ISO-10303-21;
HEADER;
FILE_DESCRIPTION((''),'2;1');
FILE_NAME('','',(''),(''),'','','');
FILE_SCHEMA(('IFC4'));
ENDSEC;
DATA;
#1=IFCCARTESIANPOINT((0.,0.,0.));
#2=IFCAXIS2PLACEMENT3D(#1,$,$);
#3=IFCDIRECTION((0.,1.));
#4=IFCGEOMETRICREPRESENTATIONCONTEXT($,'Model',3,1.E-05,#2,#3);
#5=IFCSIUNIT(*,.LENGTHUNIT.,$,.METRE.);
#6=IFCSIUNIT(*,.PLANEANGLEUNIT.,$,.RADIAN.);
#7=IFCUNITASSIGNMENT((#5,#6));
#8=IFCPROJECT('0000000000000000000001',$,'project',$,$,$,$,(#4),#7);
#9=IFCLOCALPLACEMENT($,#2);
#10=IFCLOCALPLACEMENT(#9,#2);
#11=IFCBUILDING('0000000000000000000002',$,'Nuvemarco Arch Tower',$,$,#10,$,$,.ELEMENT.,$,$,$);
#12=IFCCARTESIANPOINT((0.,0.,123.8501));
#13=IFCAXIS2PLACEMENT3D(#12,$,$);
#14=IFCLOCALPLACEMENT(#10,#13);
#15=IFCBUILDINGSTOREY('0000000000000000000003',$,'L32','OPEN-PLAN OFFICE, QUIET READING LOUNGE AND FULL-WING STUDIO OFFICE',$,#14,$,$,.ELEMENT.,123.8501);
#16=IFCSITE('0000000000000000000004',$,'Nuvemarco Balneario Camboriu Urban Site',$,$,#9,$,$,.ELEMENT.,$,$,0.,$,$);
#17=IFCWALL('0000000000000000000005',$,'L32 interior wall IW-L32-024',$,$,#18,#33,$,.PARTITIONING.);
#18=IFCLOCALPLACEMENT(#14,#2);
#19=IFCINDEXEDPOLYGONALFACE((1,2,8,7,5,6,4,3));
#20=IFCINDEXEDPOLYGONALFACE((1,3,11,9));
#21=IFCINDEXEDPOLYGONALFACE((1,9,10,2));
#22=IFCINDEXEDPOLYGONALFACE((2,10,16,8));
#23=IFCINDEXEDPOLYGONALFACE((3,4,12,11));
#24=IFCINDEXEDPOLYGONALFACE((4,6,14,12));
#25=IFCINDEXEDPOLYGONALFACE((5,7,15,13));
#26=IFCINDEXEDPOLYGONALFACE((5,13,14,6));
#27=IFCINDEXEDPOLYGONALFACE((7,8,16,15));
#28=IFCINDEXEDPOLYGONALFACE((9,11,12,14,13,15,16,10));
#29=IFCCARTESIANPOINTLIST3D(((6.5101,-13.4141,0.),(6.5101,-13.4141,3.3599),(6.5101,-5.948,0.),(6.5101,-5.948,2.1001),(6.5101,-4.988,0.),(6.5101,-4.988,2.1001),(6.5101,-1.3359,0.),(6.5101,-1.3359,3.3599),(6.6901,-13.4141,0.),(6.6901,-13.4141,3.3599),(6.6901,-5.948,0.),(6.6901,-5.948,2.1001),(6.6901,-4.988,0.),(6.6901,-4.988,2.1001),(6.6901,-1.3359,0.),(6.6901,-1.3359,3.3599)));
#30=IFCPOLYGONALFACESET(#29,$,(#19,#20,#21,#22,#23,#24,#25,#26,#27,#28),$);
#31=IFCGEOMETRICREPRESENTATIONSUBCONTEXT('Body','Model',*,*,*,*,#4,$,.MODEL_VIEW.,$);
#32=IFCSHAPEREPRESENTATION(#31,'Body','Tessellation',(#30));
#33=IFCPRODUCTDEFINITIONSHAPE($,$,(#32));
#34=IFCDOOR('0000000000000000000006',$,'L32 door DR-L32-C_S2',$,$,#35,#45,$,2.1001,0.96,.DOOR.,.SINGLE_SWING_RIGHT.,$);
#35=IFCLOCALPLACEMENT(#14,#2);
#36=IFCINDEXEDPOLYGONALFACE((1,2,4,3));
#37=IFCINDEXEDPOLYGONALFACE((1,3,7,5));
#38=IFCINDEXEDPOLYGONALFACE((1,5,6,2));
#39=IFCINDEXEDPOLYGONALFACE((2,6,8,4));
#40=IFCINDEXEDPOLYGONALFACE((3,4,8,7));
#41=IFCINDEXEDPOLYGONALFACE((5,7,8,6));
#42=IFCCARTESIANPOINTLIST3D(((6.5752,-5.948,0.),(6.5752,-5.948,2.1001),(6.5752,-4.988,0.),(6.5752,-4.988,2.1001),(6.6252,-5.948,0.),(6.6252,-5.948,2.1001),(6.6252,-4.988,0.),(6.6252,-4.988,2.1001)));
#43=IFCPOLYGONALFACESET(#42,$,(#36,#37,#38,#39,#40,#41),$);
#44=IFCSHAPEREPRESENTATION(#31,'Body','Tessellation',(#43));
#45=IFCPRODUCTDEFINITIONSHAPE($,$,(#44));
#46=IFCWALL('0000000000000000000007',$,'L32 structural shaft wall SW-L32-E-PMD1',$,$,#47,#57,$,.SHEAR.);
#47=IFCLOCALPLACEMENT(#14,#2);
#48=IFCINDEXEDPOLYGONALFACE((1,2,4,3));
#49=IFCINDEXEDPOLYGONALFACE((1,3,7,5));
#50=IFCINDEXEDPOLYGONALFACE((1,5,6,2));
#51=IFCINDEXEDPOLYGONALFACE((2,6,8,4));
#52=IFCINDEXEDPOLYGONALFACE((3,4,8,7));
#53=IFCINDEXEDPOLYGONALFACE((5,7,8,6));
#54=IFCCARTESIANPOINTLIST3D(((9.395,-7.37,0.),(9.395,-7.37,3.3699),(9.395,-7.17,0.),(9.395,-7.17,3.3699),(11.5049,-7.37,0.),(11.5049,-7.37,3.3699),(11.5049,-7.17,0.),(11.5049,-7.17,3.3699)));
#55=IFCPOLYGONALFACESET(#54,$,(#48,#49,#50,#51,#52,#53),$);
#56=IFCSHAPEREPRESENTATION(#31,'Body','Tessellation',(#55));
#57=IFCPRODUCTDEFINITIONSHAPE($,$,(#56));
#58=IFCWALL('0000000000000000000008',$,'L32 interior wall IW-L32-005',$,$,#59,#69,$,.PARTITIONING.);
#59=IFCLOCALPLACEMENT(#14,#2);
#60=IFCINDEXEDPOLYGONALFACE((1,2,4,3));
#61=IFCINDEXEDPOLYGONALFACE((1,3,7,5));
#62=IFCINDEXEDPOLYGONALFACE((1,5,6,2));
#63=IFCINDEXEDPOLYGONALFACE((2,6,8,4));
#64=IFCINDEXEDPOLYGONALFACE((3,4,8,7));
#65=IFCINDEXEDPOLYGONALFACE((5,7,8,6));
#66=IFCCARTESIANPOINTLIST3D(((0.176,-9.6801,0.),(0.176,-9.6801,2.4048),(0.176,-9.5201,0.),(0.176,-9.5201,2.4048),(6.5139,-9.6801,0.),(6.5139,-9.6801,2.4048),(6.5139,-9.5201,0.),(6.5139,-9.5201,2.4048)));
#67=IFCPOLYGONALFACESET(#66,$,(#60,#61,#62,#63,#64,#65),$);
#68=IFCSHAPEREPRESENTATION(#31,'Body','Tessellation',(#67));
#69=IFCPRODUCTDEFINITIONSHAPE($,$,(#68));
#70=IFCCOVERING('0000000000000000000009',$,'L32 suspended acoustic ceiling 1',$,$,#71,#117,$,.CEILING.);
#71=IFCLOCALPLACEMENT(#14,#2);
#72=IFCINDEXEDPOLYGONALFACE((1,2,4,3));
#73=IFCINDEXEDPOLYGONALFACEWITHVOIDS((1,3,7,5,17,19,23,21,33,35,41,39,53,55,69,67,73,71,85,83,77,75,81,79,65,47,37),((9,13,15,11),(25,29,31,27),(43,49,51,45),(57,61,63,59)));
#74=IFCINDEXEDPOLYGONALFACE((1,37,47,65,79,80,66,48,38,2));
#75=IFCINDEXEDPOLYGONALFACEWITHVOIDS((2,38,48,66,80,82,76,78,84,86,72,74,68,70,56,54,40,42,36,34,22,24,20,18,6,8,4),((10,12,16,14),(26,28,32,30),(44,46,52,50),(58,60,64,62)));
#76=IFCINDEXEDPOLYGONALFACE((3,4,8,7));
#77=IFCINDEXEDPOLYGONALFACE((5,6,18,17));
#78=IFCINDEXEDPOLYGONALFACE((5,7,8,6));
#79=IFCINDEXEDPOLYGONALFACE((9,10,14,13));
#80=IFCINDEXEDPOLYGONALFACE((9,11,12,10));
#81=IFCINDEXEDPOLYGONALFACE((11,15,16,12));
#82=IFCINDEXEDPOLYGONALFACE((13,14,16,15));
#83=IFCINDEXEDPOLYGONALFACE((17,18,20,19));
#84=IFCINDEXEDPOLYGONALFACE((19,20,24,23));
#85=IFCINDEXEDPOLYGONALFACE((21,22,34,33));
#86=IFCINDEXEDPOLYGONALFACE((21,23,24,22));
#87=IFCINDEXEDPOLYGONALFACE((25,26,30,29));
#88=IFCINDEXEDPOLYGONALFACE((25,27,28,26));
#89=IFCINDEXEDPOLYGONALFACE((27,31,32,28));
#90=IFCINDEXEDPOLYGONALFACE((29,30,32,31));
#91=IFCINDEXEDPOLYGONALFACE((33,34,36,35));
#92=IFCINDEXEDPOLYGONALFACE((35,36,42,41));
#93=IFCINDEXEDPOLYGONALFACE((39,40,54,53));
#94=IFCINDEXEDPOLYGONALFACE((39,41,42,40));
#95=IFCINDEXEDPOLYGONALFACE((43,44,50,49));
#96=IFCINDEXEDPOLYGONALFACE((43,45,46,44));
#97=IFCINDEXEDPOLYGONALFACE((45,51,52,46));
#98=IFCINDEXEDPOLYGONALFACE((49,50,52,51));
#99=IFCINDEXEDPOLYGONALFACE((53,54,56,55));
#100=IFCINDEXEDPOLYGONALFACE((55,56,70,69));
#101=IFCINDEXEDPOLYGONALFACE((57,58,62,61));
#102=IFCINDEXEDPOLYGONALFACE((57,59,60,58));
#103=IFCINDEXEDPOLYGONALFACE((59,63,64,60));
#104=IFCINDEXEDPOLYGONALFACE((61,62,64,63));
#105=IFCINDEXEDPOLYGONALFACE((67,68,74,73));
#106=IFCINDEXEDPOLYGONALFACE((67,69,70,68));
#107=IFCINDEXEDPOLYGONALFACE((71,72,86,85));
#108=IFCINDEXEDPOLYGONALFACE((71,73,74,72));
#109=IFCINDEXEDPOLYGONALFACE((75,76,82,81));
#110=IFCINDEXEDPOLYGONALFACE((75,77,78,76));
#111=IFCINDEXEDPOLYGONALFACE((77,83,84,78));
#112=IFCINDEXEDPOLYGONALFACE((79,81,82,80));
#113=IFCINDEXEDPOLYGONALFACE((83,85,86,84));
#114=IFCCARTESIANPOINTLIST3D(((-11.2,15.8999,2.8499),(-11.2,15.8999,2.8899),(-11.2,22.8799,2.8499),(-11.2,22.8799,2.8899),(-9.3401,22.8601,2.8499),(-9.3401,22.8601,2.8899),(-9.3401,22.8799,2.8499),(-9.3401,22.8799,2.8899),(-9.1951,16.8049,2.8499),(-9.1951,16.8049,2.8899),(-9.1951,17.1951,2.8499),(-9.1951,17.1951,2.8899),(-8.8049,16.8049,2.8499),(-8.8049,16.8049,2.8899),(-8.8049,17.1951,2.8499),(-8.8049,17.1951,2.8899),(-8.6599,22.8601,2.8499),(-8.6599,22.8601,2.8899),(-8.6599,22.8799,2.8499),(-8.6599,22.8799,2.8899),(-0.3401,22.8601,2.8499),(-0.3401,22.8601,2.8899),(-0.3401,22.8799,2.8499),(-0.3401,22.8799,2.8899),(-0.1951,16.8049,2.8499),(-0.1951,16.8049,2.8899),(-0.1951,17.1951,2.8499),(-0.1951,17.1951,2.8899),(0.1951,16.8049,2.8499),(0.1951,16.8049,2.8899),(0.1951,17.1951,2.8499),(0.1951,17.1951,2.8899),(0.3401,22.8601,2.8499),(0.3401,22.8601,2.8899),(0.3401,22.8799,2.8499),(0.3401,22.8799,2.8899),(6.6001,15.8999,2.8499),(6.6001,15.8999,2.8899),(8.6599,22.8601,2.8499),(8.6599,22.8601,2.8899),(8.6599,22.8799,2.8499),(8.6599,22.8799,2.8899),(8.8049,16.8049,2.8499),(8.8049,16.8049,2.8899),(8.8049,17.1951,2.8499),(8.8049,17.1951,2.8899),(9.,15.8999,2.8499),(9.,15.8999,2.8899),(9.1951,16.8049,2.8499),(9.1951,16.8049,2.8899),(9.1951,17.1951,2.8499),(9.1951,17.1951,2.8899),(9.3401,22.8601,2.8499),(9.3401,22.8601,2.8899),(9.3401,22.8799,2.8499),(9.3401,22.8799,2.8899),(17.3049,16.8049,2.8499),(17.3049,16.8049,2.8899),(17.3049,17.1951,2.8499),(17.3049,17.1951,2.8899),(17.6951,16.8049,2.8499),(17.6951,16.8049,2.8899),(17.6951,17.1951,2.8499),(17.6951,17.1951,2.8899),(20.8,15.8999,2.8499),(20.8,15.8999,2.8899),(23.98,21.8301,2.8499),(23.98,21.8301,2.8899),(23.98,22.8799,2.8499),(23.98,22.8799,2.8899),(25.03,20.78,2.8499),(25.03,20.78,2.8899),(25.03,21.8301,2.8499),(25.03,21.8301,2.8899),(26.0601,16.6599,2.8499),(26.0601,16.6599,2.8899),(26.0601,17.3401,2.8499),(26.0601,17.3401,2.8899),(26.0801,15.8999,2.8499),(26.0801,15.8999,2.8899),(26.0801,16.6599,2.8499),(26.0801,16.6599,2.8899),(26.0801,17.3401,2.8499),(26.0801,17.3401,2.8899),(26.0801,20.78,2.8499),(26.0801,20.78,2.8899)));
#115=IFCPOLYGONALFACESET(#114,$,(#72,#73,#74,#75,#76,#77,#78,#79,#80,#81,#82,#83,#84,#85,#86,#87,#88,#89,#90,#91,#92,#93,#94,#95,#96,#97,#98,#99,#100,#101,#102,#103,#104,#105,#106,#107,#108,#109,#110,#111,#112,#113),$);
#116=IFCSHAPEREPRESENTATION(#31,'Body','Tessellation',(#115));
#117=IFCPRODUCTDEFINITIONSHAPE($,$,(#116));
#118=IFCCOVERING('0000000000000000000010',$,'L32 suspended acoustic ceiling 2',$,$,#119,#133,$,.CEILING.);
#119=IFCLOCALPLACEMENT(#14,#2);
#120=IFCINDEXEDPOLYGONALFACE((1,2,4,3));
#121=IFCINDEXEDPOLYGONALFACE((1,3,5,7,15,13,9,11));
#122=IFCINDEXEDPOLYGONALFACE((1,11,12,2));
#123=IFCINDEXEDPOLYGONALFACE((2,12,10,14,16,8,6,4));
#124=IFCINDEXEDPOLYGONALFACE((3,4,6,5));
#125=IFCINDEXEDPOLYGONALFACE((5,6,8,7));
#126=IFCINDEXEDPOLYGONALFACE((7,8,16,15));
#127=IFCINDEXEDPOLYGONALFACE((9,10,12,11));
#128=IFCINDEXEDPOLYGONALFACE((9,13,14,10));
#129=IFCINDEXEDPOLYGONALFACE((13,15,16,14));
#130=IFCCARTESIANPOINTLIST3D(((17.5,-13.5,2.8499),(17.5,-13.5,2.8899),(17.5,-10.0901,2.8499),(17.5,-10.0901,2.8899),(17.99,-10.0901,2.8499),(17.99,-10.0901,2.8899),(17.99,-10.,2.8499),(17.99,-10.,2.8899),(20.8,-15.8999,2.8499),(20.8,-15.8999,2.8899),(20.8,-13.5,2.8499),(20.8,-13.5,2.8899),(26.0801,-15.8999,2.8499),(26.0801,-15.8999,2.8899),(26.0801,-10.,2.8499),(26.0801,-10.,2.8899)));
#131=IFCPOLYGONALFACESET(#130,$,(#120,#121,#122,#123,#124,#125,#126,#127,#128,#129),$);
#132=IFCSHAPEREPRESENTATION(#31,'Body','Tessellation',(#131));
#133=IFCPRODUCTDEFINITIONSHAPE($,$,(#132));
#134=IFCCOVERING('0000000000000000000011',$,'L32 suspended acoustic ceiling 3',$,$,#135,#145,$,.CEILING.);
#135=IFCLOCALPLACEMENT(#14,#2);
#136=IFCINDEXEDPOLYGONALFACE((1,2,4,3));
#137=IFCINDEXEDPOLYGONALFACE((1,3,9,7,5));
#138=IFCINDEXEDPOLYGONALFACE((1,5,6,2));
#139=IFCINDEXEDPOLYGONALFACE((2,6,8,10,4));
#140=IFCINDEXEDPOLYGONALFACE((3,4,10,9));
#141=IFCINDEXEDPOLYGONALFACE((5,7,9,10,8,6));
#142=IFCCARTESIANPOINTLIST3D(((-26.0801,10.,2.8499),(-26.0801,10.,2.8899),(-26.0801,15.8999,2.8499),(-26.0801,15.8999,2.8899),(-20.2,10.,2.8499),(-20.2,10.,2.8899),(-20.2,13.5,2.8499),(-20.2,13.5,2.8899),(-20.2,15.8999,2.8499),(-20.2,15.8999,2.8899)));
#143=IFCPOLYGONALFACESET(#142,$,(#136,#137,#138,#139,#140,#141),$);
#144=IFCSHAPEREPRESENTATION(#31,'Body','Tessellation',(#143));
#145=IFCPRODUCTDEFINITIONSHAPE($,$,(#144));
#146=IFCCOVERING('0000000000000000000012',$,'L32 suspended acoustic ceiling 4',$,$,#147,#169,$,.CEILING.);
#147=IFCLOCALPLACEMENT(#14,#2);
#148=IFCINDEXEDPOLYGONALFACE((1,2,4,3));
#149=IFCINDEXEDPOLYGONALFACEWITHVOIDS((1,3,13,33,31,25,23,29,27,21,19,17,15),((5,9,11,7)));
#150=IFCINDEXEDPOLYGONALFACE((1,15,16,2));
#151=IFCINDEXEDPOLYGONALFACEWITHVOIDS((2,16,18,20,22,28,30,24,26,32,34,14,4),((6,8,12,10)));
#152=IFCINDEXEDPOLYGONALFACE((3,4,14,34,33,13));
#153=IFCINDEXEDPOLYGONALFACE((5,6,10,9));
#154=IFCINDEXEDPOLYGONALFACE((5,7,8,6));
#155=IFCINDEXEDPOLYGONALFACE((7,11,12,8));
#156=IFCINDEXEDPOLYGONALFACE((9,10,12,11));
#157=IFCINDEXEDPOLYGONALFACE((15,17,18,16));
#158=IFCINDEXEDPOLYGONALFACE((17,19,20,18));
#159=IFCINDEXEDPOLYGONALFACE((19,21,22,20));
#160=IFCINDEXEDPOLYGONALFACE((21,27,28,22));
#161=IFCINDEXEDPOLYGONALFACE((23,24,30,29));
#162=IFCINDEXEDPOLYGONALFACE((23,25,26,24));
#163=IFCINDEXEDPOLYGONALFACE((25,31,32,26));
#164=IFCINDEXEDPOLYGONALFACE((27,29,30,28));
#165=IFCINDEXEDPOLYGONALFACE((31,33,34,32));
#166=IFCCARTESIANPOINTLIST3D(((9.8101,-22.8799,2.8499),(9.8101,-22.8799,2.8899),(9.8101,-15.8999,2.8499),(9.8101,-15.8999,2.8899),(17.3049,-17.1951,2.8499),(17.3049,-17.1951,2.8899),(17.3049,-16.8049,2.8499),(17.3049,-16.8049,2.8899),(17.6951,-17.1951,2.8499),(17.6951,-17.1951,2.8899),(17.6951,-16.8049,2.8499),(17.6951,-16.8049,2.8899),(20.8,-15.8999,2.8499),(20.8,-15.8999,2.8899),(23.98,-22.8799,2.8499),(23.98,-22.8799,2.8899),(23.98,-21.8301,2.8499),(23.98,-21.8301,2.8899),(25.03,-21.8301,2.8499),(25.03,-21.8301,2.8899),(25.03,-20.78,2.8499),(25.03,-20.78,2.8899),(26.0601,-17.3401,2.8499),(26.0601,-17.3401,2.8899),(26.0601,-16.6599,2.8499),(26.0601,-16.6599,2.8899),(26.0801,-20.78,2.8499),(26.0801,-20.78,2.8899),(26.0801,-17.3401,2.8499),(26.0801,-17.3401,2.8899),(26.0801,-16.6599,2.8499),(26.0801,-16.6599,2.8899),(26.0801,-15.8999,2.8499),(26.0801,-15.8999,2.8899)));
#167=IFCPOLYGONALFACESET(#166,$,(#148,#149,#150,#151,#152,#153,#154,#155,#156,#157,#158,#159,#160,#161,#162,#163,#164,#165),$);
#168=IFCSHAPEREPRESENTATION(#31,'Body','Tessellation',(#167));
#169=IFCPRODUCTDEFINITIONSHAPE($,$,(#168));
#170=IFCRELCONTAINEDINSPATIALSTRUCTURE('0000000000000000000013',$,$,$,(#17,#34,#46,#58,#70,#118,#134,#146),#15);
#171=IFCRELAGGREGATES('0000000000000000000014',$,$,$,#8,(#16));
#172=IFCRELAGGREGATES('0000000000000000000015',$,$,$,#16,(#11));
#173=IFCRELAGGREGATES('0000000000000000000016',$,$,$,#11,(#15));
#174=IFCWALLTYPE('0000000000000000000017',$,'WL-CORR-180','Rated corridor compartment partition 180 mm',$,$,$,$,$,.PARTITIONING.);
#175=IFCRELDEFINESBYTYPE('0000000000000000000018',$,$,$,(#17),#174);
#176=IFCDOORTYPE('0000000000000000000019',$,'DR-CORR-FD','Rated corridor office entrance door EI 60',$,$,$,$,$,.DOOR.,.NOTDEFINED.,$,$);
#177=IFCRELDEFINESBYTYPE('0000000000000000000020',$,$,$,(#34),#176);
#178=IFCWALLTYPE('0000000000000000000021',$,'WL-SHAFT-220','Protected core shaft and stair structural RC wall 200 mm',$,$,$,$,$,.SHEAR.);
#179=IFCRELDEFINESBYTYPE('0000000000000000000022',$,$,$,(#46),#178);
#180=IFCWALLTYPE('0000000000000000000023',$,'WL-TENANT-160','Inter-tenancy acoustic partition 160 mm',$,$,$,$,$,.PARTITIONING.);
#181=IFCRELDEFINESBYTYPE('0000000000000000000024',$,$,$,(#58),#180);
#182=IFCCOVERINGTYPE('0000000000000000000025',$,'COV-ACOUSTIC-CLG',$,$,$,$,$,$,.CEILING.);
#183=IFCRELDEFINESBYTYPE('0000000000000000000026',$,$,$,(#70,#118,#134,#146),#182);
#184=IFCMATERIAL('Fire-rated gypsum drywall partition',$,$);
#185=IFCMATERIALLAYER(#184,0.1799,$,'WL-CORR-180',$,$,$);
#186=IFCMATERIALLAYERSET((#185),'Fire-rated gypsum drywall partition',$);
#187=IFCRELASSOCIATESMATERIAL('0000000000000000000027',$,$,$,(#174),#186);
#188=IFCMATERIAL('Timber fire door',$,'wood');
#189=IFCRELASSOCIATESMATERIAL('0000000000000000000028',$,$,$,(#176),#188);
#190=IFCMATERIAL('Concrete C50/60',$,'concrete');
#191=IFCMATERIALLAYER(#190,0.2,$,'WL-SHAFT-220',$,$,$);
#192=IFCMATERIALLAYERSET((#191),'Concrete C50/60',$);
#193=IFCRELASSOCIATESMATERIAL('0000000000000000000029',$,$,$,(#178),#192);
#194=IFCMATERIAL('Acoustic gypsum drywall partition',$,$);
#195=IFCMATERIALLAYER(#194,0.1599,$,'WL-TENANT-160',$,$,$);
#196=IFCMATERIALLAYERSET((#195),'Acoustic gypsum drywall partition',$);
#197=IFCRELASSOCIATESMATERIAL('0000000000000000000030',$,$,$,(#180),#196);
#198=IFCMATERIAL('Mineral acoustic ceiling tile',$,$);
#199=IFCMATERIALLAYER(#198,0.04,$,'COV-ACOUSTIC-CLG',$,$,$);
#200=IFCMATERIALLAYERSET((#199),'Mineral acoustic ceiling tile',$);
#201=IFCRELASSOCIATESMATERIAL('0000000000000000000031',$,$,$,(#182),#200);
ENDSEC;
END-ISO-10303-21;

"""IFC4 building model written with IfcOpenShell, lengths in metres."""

from ifc_helpers import new_model, si_unit, direction, frame, frame_2d, origin, place, context, subcontext, project, spatial, polyline, rectangle, outline, extrude, source, transform, mapped, material, layer, layer_set, type_object, type_shapes, element, fill, save


model = new_model("IFC4")

# Units and contexts
model_context = context("Model", 3, precision=1e-05, world=origin(), true_north=direction((0.0, 1.0)))
body_context = subcontext(model_context, "Body", "Model", "MODEL_VIEW")
ifc_project = project(units=[si_unit("LENGTHUNIT", "METRE"), si_unit("PLANEANGLEUNIT", "RADIAN")], contexts=[model_context])

# Site, building, storey
site_placement = place(None, origin())
site = spatial("IfcSite", under=ifc_project, at=site_placement, Name="Nuvemarco Balneario Camboriu Urban Site", CompositionType="ELEMENT", RefElevation=0.0)
building_placement = place(site_placement, origin())
building = spatial("IfcBuilding", under=site, at=building_placement, Name="Nuvemarco Arch Tower", CompositionType="ELEMENT")
storey_placement = place(building_placement, frame((0.0, 0.0, 123.8501)))
storey = spatial("IfcBuildingStorey", under=building, at=storey_placement, Name="L32", Description="OPEN-PLAN OFFICE, QUIET READING LOUNGE AND FULL-WING STUDIO OFFICE", CompositionType="ELEMENT", Elevation=123.8501)

# Shared definitions
ifc_material_1 = material(Name="Concrete C50/60", Category="concrete")

# Wall, opening, door
ifc_material_2 = material(Name="Fire-rated gypsum drywall partition")
ifc_layer_1 = layer(ifc_material_2, 0.1799, Name="WL-CORR-180")
ifc_layer_set_1 = layer_set([ifc_layer_1], Name="Fire-rated gypsum drywall partition")
wall_type_1 = type_object("IfcWallType", Name="WL-CORR-180", Description="Rated corridor compartment partition 180 mm", PredefinedType="PARTITIONING", material=ifc_layer_set_1)
wall_1_placement = place(storey_placement, frame((6.6001, -13.4141, 0.0), z_axis=(0.0, 0.0, 1.0), x_axis=(0.0, 1.0, 0.0)))
wall_1 = element("IfcWall", 1, at=wall_1_placement, inside=storey, type_object=wall_type_1, Name="L32 interior wall IW-L32-024", PredefinedType="PARTITIONING", context=body_context, shape_type="SweptSolid", body=[
    extrude(rectangle(XDim=12.0781, YDim=0.1799, at=frame_2d((6.0391, 0.0))), origin(), (0.0, 0.0, 1.0), 3.3599),
])
opening_1_placement = place(wall_1_placement, frame((7.4661, 0.0, 0.0)))
opening_1 = element("IfcOpeningElement", 2, at=opening_1_placement, cuts=wall_1, PredefinedType="OPENING", context=body_context, shape_type="SweptSolid", body=[
    extrude(rectangle(XDim=0.96, YDim=2.1001, at=frame_2d((0.48, 1.05))), frame((0.0, 0.0999, 0.0), z_axis=(0.0, -1.0, 0.0), x_axis=(1.0, 0.0, 0.0)), (0.0, 0.0, 1.0), 0.2),
])
ifc_material_3 = material(Name="Timber fire door", Category="wood")
door_type_1 = type_object("IfcDoorType", Name="DR-CORR-FD", Description="Rated corridor office entrance door EI 60", OperationType="NOTDEFINED", PredefinedType="DOOR", material=ifc_material_3)
shared_shape_1 = source(origin(), body_context, "Body", "SweptSolid", [
    extrude(rectangle(XDim=0.96, YDim=2.1001, at=frame_2d((0.48, 1.05))), frame((0.0, 0.0249, 0.0), z_axis=(0.0, -1.0, 0.0), x_axis=(1.0, 0.0, 0.0)), (0.0, 0.0, 1.0), 0.05),
])
type_shapes(door_type_1, [shared_shape_1])
door_1_placement = place(opening_1_placement, origin())
door_1 = element("IfcDoor", 3, at=door_1_placement, inside=storey, type_object=door_type_1, Name="L32 door DR-L32-C_S2", OperationType="SINGLE_SWING_RIGHT", OverallHeight=2.1001, OverallWidth=0.96, PredefinedType="DOOR", context=body_context, shape_type="MappedRepresentation", body=[
    mapped(shared_shape_1, transform((0.0, 0.0, 0.0), scale=1.0)),
])
fill(opening_1, door_1)

# Walls
ifc_layer_2 = layer(ifc_material_1, 0.2, Name="WL-SHAFT-220")
ifc_layer_set_2 = layer_set([ifc_layer_2], Name="Concrete C50/60")
wall_type_2 = type_object("IfcWallType", Name="WL-SHAFT-220", Description="Protected core shaft and stair structural RC wall 200 mm", PredefinedType="SHEAR", material=ifc_layer_set_2)
wall_2_placement = place(storey_placement, frame((9.395, -7.27, 0.0), z_axis=(0.0, 0.0, 1.0), x_axis=(1.0, 0.0, 0.0)))
element("IfcWall", 4, at=wall_2_placement, inside=storey, type_object=wall_type_2, Name="L32 structural shaft wall SW-L32-E-PMD1", PredefinedType="SHEAR", context=body_context, shape_type="SweptSolid", body=[
    extrude(rectangle(XDim=2.1099, YDim=0.2, at=frame_2d((1.0549, 0.0))), origin(), (0.0, 0.0, 1.0), 3.3699),
])
ifc_material_4 = material(Name="Acoustic gypsum drywall partition")
ifc_layer_3 = layer(ifc_material_4, 0.1599, Name="WL-TENANT-160")
ifc_layer_set_3 = layer_set([ifc_layer_3], Name="Acoustic gypsum drywall partition")
wall_type_3 = type_object("IfcWallType", Name="WL-TENANT-160", Description="Inter-tenancy acoustic partition 160 mm", PredefinedType="PARTITIONING", material=ifc_layer_set_3)
wall_3_placement = place(storey_placement, frame((0.176, -9.6001, 0.0), z_axis=(0.0, 0.0, 1.0), x_axis=(1.0, 0.0, 0.0)))
element("IfcWall", 5, at=wall_3_placement, inside=storey, type_object=wall_type_3, Name="L32 interior wall IW-L32-005", PredefinedType="PARTITIONING", context=body_context, shape_type="SweptSolid", body=[
    extrude(rectangle(XDim=6.3379, YDim=0.1599, at=frame_2d((3.1689, 0.0))), origin(), (0.0, 0.0, 1.0), 2.4048),
])

# Coverings
ifc_material_5 = material(Name="Mineral acoustic ceiling tile")
ifc_layer_4 = layer(ifc_material_5, 0.04, Name="COV-ACOUSTIC-CLG")
ifc_layer_set_4 = layer_set([ifc_layer_4], Name="Mineral acoustic ceiling tile")
covering_type = type_object("IfcCoveringType", Name="COV-ACOUSTIC-CLG", PredefinedType="CEILING", material=ifc_layer_set_4)
covering_1_placement = place(storey_placement, frame((0.0, 0.0, 2.8499)))
element("IfcCovering", 6, at=covering_1_placement, inside=storey, type_object=covering_type, Name="L32 suspended acoustic ceiling 1", PredefinedType="CEILING", context=body_context, shape_type="SweptSolid", body=[
    extrude(outline(polyline([(26.0801, 20.78), (26.0801, 17.3401), (26.0601, 17.3401), (26.0601, 16.6599), (26.0801, 16.6599), (26.0801, 15.8999), (20.8, 15.8999), (9.0, 15.8999), (6.6001, 15.8999), (-11.2, 15.8999), (-11.2, 22.8799), (-9.3401, 22.8799), (-9.3401, 22.8601), (-8.6599, 22.8601), (-8.6599, 22.8799), (-0.3401, 22.8799), (-0.3401, 22.8601), (0.3401, 22.8601), (0.3401, 22.8799), (8.6599, 22.8799), (8.6599, 22.8601), (9.3401, 22.8601), (9.3401, 22.8799), (23.98, 22.8799), (23.98, 21.8301), (25.03, 21.8301), (25.03, 20.78), (26.0801, 20.78)]), holes=[polyline([(-8.8049, 16.8049), (-8.8049, 17.1951), (-9.1951, 17.1951), (-9.1951, 16.8049), (-8.8049, 16.8049)]), polyline([(0.1951, 16.8049), (0.1951, 17.1951), (-0.1951, 17.1951), (-0.1951, 16.8049), (0.1951, 16.8049)]), polyline([(9.1951, 17.1951), (8.8049, 17.1951), (8.8049, 16.8049), (9.1951, 16.8049), (9.1951, 17.1951)]), polyline([(17.6951, 16.8049), (17.6951, 17.1951), (17.3049, 17.1951), (17.3049, 16.8049), (17.6951, 16.8049)])]), origin(), (0.0, 0.0, 1.0), 0.04),
])
covering_2_placement = place(storey_placement, frame((0.0, 0.0, 2.8499)))
element("IfcCovering", 7, at=covering_2_placement, inside=storey, type_object=covering_type, Name="L32 suspended acoustic ceiling 2", PredefinedType="CEILING", context=body_context, shape_type="SweptSolid", body=[
    extrude(outline(polyline([(17.5, -10.0901), (17.99, -10.0901), (17.99, -10.0), (26.0801, -10.0), (26.0801, -15.8999), (20.8, -15.8999), (20.8, -13.5), (17.5, -13.5), (17.5, -10.0901)])), origin(), (0.0, 0.0, 1.0), 0.04),
])
covering_3_placement = place(storey_placement, frame((0.0, 0.0, 2.8499)))
element("IfcCovering", 8, at=covering_3_placement, inside=storey, type_object=covering_type, Name="L32 suspended acoustic ceiling 3", PredefinedType="CEILING", context=body_context, shape_type="SweptSolid", body=[
    extrude(outline(polyline([(-26.0801, 15.8999), (-20.2, 15.8999), (-20.2, 13.5), (-20.2, 10.0), (-26.0801, 10.0), (-26.0801, 15.8999)])), origin(), (0.0, 0.0, 1.0), 0.04),
])
covering_4_placement = place(storey_placement, frame((0.0, 0.0, 2.8499)))
element("IfcCovering", 9, at=covering_4_placement, inside=storey, type_object=covering_type, Name="L32 suspended acoustic ceiling 4", PredefinedType="CEILING", context=body_context, shape_type="SweptSolid", body=[
    extrude(outline(polyline([(23.98, -22.8799), (9.8101, -22.8799), (9.8101, -15.8999), (20.8, -15.8999), (26.0801, -15.8999), (26.0801, -16.6599), (26.0601, -16.6599), (26.0601, -17.3401), (26.0801, -17.3401), (26.0801, -20.78), (25.03, -20.78), (25.03, -21.8301), (23.98, -21.8301), (23.98, -22.8799)]), holes=[polyline([(17.6951, -17.1951), (17.6951, -16.8049), (17.3049, -16.8049), (17.3049, -17.1951), (17.6951, -17.1951)])]), origin(), (0.0, 0.0, 1.0), 0.04),
])

save(model, "model.ifc")
